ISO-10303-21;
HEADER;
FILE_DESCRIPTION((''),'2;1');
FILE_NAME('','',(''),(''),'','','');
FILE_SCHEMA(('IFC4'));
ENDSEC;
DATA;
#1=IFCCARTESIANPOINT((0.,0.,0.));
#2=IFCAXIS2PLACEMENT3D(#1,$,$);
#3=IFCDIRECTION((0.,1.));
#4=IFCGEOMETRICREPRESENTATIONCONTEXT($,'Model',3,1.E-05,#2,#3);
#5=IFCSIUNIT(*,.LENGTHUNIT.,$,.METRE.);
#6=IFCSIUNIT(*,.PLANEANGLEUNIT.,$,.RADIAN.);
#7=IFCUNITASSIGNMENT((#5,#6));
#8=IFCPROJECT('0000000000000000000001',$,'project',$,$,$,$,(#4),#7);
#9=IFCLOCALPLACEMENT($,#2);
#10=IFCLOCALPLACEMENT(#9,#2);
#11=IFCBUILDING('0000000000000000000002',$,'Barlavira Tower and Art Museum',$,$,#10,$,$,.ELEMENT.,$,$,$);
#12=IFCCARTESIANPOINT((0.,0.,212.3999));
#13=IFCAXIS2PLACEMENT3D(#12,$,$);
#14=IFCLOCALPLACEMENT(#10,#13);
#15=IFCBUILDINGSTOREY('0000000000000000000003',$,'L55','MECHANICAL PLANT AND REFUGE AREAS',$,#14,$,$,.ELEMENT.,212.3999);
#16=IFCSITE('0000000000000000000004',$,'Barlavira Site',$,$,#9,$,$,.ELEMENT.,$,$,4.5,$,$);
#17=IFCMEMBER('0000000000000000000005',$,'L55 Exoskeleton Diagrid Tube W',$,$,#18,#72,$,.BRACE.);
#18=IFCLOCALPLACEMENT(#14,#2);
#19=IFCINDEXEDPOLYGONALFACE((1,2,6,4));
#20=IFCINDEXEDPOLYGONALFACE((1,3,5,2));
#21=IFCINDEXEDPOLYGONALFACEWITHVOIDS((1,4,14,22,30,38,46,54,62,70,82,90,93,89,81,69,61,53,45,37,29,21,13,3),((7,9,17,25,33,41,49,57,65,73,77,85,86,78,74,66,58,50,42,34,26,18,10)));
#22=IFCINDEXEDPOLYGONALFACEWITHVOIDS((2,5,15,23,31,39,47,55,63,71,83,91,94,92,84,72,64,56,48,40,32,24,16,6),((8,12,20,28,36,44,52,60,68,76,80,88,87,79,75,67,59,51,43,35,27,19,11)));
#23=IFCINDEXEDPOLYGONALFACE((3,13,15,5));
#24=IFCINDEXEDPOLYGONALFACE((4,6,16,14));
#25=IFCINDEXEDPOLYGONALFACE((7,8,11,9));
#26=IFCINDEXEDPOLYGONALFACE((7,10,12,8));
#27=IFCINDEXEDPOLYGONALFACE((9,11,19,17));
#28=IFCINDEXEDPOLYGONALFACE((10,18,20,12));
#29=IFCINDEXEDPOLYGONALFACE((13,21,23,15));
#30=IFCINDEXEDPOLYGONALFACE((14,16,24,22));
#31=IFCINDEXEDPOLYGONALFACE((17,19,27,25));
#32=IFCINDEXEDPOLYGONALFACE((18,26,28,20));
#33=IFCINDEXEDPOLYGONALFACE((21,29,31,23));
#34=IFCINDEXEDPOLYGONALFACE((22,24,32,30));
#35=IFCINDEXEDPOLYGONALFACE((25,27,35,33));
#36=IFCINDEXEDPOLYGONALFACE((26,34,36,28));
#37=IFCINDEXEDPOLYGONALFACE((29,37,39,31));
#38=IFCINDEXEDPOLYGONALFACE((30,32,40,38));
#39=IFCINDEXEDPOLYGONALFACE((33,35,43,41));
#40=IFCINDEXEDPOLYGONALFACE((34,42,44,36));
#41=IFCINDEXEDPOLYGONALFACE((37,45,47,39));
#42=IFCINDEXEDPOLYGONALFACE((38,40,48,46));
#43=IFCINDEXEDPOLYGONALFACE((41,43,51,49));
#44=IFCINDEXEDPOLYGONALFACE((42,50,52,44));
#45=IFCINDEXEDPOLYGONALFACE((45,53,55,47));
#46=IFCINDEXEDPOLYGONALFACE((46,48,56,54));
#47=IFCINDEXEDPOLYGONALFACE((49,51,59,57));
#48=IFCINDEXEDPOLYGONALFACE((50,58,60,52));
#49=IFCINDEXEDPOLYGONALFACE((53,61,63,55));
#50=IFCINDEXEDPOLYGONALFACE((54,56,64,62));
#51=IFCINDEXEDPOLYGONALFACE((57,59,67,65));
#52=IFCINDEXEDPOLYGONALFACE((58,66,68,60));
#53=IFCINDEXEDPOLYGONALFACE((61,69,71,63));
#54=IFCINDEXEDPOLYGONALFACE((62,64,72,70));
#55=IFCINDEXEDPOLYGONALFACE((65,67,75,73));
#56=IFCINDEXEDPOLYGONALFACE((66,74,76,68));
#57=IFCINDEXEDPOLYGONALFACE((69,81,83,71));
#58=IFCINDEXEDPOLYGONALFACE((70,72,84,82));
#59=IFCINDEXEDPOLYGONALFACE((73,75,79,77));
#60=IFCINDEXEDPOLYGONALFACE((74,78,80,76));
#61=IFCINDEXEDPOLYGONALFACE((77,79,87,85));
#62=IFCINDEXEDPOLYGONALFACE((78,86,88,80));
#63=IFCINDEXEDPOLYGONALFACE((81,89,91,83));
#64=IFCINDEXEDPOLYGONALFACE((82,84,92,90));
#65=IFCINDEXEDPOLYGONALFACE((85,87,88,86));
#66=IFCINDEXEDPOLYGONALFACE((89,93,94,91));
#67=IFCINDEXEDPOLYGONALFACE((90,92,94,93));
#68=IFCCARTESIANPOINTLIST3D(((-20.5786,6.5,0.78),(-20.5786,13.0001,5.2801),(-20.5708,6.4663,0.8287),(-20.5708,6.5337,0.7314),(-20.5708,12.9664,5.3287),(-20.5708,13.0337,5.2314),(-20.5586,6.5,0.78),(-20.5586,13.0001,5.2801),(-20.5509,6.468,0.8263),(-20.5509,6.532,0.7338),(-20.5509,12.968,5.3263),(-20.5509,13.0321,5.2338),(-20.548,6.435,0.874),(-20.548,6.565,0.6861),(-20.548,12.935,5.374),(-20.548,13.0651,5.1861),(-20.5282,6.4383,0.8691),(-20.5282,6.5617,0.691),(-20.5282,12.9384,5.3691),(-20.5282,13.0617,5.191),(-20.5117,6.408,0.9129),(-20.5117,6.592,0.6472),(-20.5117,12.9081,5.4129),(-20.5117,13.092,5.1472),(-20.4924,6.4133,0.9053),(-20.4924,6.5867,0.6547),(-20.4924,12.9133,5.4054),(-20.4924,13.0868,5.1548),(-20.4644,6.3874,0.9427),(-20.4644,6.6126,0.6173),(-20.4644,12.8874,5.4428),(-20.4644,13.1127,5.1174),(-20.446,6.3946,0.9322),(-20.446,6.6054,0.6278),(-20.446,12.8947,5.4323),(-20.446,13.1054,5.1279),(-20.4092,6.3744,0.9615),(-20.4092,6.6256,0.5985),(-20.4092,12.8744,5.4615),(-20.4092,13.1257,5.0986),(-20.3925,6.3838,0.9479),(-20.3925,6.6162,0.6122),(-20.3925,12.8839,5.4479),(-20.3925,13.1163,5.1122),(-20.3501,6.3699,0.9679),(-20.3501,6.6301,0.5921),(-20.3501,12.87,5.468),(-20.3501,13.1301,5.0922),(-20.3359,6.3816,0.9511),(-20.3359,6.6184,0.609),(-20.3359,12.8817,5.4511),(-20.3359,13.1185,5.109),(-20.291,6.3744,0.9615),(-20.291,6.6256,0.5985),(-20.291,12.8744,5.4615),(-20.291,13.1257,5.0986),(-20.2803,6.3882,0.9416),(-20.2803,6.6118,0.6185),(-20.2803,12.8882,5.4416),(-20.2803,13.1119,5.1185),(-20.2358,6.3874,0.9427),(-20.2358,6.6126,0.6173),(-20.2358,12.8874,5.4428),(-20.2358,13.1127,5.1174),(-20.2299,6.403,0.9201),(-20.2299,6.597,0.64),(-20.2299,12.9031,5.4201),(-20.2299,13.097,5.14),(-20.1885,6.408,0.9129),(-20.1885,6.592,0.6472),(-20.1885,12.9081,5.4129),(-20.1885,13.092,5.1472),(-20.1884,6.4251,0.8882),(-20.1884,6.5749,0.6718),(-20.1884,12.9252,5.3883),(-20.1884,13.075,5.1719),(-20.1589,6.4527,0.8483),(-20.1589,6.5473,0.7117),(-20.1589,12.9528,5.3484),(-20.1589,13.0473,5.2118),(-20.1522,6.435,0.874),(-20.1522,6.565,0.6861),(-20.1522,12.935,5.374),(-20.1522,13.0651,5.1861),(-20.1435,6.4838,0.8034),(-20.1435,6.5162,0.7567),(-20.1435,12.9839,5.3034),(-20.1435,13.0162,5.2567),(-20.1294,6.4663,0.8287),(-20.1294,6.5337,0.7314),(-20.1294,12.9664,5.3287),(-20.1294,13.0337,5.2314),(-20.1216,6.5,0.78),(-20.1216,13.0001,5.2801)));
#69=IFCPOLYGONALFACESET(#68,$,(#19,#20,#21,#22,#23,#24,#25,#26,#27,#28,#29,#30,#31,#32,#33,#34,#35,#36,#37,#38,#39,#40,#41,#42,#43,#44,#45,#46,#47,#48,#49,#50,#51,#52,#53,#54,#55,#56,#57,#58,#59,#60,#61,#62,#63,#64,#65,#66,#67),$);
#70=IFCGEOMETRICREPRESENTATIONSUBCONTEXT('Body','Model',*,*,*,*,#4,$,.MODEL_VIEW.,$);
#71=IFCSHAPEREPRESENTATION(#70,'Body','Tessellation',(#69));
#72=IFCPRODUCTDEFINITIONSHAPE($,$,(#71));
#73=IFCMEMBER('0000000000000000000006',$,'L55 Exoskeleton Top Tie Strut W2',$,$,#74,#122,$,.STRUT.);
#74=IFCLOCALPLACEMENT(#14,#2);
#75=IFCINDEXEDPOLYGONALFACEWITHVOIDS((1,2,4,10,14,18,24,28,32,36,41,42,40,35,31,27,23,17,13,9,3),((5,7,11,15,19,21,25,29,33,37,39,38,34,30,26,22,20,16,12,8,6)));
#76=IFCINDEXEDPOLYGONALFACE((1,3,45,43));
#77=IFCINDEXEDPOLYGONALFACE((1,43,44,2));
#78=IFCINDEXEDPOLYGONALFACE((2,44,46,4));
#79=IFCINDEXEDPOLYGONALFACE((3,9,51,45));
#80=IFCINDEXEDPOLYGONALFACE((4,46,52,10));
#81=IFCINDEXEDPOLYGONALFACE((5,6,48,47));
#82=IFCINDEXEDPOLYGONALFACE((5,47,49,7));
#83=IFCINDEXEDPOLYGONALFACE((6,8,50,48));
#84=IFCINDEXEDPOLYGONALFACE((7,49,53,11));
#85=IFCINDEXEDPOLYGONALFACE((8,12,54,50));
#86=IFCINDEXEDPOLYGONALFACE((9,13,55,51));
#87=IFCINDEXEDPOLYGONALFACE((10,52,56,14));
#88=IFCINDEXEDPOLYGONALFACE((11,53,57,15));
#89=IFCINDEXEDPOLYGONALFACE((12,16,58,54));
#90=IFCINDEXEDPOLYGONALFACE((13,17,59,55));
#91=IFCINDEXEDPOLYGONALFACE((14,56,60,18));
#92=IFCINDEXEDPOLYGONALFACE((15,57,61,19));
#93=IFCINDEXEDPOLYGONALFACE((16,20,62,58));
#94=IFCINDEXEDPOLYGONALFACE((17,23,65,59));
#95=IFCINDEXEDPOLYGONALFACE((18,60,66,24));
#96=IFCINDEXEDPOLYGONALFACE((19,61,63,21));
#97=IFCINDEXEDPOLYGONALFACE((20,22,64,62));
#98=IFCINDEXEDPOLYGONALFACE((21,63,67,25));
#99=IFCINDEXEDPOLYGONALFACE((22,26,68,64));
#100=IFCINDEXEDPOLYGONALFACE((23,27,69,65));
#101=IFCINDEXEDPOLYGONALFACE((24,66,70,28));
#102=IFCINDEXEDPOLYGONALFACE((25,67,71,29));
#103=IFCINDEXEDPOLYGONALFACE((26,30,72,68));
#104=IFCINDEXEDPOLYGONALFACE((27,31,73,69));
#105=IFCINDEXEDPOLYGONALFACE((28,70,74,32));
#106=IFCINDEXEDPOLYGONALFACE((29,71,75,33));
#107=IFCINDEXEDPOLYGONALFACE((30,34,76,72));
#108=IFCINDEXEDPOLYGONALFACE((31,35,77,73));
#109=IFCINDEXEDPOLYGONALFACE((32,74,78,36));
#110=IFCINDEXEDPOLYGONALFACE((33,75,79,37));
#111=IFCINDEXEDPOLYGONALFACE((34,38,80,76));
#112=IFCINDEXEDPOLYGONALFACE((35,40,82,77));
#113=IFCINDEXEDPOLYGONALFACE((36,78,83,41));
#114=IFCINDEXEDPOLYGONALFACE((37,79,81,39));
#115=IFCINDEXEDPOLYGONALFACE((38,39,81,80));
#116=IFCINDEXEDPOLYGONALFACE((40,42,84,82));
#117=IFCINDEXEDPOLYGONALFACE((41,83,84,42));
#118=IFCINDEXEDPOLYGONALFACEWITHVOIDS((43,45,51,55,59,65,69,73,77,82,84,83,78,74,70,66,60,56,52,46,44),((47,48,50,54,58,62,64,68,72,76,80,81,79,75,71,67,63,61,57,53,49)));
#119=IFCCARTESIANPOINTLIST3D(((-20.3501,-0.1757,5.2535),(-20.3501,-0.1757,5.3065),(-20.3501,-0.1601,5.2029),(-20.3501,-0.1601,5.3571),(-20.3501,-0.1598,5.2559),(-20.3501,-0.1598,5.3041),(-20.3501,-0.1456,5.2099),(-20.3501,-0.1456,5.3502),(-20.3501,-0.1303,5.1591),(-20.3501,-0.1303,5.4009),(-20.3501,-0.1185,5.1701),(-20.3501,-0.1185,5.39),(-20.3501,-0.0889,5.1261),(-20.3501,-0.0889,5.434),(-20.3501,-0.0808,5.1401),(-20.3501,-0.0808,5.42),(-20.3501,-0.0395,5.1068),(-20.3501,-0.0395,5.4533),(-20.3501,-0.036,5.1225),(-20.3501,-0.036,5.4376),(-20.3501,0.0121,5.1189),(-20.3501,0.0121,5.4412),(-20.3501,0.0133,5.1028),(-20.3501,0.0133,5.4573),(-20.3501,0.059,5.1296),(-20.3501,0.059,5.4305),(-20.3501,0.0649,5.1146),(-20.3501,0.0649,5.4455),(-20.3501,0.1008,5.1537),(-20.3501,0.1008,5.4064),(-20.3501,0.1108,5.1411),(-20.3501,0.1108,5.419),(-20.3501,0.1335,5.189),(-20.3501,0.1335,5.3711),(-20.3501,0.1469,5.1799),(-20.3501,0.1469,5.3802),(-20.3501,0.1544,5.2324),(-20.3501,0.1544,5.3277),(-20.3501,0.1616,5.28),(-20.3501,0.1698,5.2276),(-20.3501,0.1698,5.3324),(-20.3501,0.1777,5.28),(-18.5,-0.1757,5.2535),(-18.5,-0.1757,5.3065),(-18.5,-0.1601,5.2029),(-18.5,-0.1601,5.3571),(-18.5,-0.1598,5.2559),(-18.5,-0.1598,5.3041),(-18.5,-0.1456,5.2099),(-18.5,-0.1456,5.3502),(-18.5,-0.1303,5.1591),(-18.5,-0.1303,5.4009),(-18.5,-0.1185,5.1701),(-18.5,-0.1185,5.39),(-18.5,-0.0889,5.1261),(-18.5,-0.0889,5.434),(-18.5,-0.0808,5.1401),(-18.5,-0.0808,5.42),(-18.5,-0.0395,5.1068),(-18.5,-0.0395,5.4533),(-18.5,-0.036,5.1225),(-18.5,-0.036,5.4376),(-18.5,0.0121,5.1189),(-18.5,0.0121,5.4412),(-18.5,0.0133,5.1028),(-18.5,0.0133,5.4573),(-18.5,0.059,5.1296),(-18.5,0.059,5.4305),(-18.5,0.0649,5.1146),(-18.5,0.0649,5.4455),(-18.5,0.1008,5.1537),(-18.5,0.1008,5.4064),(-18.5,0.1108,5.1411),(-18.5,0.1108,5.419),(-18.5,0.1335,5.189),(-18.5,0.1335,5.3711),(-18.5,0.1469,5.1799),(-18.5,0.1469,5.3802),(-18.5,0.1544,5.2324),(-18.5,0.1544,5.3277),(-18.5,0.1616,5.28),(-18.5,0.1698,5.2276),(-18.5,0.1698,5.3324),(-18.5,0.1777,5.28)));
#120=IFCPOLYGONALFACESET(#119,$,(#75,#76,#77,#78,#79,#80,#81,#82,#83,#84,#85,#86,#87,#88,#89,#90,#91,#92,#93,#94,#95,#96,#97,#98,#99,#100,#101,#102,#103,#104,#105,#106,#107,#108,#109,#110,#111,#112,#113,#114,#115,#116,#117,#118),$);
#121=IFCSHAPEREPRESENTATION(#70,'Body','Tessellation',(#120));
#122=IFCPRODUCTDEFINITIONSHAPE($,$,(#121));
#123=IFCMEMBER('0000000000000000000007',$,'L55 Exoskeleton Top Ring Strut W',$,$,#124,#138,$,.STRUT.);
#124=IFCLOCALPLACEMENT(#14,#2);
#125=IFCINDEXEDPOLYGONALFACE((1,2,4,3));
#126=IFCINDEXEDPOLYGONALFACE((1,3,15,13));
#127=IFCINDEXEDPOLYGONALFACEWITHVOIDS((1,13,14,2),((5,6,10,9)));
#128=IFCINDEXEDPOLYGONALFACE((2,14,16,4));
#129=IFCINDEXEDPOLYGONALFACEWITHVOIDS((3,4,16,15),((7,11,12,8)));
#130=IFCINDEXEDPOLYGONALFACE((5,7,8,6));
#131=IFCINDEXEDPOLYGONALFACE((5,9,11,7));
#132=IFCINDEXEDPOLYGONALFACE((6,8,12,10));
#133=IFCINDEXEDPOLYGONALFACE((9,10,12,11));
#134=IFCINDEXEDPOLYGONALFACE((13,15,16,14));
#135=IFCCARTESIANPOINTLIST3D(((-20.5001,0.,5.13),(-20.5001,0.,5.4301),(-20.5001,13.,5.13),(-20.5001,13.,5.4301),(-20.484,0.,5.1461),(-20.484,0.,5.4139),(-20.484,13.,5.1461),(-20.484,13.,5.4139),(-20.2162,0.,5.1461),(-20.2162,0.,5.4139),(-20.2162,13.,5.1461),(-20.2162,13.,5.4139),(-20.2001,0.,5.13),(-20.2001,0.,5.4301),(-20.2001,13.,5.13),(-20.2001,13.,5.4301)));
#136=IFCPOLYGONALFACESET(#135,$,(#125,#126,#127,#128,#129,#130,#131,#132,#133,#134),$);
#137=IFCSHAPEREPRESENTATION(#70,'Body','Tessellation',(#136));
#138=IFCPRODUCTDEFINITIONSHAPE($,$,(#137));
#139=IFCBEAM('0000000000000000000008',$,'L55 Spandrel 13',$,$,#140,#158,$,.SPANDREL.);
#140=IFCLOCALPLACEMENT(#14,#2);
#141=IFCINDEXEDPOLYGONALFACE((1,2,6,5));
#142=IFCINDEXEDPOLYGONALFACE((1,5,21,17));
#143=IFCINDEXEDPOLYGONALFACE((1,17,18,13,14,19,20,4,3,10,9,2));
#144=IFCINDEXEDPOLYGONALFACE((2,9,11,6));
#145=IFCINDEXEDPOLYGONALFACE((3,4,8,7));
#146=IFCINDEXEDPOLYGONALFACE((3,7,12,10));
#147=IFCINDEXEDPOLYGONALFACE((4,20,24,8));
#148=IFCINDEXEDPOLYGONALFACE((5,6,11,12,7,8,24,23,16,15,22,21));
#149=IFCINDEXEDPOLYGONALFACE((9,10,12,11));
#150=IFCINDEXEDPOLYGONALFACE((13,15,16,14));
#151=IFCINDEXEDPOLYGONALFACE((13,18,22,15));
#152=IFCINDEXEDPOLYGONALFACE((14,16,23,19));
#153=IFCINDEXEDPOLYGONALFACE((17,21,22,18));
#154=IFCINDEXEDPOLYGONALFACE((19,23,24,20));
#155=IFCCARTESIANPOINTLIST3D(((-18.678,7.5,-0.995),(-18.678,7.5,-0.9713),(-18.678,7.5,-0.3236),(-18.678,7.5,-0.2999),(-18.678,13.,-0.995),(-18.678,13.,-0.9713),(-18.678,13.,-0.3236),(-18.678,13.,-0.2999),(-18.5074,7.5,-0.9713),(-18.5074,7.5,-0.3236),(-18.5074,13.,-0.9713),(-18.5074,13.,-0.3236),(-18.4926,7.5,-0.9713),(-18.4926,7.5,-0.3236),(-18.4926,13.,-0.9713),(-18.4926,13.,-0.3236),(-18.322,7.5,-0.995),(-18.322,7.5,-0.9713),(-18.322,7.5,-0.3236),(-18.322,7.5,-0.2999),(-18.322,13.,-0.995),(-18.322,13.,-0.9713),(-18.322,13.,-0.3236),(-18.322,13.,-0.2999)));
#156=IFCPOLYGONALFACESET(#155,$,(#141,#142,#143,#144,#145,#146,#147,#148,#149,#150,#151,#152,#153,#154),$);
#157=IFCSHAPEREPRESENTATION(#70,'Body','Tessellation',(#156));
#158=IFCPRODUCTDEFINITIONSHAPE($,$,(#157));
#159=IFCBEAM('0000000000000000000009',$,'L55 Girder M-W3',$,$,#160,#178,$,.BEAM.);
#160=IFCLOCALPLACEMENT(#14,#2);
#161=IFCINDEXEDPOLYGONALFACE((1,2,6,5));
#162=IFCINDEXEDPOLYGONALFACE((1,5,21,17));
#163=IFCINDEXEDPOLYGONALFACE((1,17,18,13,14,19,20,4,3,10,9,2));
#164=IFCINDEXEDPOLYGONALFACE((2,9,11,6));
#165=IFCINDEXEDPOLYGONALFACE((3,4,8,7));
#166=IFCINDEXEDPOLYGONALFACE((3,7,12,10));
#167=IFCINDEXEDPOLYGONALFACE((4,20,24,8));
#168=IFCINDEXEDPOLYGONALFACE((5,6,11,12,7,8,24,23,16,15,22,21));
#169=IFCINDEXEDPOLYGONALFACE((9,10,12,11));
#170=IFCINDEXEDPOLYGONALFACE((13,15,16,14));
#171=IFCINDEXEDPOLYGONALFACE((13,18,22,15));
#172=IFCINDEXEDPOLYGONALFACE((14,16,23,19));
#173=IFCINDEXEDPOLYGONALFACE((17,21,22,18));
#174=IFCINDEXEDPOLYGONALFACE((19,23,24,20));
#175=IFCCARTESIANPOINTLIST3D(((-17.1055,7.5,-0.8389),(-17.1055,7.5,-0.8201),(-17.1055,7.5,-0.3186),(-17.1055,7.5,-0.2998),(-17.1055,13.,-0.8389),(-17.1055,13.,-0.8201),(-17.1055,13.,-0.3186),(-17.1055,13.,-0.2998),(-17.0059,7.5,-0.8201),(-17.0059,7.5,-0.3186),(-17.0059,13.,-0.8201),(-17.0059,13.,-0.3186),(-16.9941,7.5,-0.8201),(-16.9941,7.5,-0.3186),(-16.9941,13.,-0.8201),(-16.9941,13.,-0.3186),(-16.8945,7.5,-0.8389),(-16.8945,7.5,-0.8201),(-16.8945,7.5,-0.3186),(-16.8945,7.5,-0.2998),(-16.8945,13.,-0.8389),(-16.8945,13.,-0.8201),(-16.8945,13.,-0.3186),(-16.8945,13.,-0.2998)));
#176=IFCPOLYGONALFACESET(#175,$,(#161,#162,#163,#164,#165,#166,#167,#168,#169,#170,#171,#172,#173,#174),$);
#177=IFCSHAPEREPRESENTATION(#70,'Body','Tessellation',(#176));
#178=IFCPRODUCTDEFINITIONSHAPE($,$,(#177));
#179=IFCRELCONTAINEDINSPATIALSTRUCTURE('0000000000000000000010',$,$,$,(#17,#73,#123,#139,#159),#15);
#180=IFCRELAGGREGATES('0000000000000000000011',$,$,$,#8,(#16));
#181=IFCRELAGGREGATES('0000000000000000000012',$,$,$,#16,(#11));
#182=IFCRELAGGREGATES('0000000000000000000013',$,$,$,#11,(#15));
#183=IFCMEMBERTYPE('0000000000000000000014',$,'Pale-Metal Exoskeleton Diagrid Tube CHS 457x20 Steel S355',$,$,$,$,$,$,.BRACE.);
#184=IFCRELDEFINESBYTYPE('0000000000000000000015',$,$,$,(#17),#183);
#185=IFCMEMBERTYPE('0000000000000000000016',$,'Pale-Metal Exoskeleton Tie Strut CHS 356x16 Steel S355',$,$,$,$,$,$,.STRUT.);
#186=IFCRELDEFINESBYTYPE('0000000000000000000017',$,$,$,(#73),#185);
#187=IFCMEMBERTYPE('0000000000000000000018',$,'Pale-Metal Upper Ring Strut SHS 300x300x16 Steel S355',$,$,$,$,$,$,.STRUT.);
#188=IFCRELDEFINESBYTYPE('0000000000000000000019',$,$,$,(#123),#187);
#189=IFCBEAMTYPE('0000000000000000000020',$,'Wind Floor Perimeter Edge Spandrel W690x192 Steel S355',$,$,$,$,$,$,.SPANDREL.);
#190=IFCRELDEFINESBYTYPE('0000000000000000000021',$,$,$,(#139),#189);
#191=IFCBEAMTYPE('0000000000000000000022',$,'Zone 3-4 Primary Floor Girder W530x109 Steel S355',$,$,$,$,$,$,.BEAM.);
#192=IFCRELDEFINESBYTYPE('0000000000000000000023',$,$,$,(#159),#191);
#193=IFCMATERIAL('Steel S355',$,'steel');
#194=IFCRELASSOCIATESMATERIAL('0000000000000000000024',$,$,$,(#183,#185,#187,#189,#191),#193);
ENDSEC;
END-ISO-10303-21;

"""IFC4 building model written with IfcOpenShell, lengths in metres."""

from ifc_helpers import new_model, si_unit, direction, frame, origin, origin_2d, place, context, subcontext, project, spatial, hollow_rectangle, hollow_circle, i_section, extrude, material, material_profile, profile_set, type_object, element, save


model = new_model("IFC4")

# Units and contexts
model_context = context("Model", 3, precision=1e-05, world=origin(), true_north=direction((0.0, 1.0)))
body_context = subcontext(model_context, "Body", "Model", "MODEL_VIEW")
ifc_project = project(units=[si_unit("LENGTHUNIT", "METRE"), si_unit("PLANEANGLEUNIT", "RADIAN")], contexts=[model_context])

# Site, building, storey
site_placement = place(None, origin())
site = spatial("IfcSite", under=ifc_project, at=site_placement, Name="Barlavira Site", CompositionType="ELEMENT", RefElevation=4.5)
building_placement = place(site_placement, origin())
building = spatial("IfcBuilding", under=site, at=building_placement, Name="Barlavira Tower and Art Museum", CompositionType="ELEMENT")
storey_placement = place(building_placement, frame((0.0, 0.0, 212.3999)))
storey = spatial("IfcBuildingStorey", under=building, at=storey_placement, Name="L55", Description="MECHANICAL PLANT AND REFUGE AREAS", CompositionType="ELEMENT", Elevation=212.3999)

# Members
ifc_material_1 = material(Name="Steel S355", Category="steel")
ifc_material_profile_1 = material_profile(ifc_material_1, hollow_circle(Radius=0.2285, WallThickness=0.02, at=origin_2d()), Name="CHS 457.0x20.0")
ifc_profile_set_1 = profile_set([ifc_material_profile_1], Name="Steel S355")
member_type_1 = type_object("IfcMemberType", Name="Pale-Metal Exoskeleton Diagrid Tube CHS 457x20 Steel S355", PredefinedType="BRACE", material=ifc_profile_set_1)
for number, where, z_axis, x_axis, name in (
    (1, (-20.3501, 6.5, 0.78), (0.0, 0.822192, 0.56921), (-1.0, 0.0, 0.0), "L55 Exoskeleton Diagrid Tube W"),
):
    element("IfcMember", number, at=place(storey_placement, frame(where, z_axis=z_axis, x_axis=x_axis)), inside=storey, type_object=member_type_1, Name=name, PredefinedType="BRACE", context=body_context, shape_type="SweptSolid", body=[
        extrude(hollow_circle(Radius=0.2285, WallThickness=0.02, at=origin_2d()), origin(), (0.0, 0.0, 1.0), 7.9058),
    ])
ifc_material_profile_2 = material_profile(ifc_material_1, hollow_circle(Radius=0.1777, WallThickness=0.0161, at=origin_2d()), Name="CHS 355.6x16.0")
ifc_profile_set_2 = profile_set([ifc_material_profile_2], Name="Steel S355")
member_type_2 = type_object("IfcMemberType", Name="Pale-Metal Exoskeleton Tie Strut CHS 356x16 Steel S355", PredefinedType="STRUT", material=ifc_profile_set_2)
member_1_placement = place(storey_placement, frame((-20.3501, 0.0, 5.28), z_axis=(1.0, 0.0, 0.0), x_axis=(0.0, 1.0, 0.0)))
element("IfcMember", 2, at=member_1_placement, inside=storey, type_object=member_type_2, Name="L55 Exoskeleton Top Tie Strut W2", PredefinedType="STRUT", context=body_context, shape_type="SweptSolid", body=[
    extrude(hollow_circle(Radius=0.1777, WallThickness=0.0161, at=origin_2d()), origin(), (0.0, 0.0, 1.0), 1.8501),
])
ifc_material_profile_3 = material_profile(ifc_material_1, hollow_rectangle(XDim=0.3, YDim=0.3, WallThickness=0.0161, at=origin_2d()), Name="SHS 300x300x16.0")
ifc_profile_set_3 = profile_set([ifc_material_profile_3], Name="Steel S355")
member_type_3 = type_object("IfcMemberType", Name="Pale-Metal Upper Ring Strut SHS 300x300x16 Steel S355", PredefinedType="STRUT", material=ifc_profile_set_3)
member_2_placement = place(storey_placement, frame((-20.3501, 0.0, 5.28), z_axis=(0.0, 1.0, 0.0), x_axis=(-1.0, 0.0, 0.0)))
element("IfcMember", 3, at=member_2_placement, inside=storey, type_object=member_type_3, Name="L55 Exoskeleton Top Ring Strut W", PredefinedType="STRUT", context=body_context, shape_type="SweptSolid", body=[
    extrude(hollow_rectangle(XDim=0.3, YDim=0.3, WallThickness=0.0161, at=origin_2d()), origin(), (0.0, 0.0, 1.0), 13.0),
])

# Beams
ifc_material_profile_4 = material_profile(ifc_material_1, i_section(OverallWidth=0.356, OverallDepth=0.6951, WebThickness=0.0149, FlangeThickness=0.0237, at=origin_2d()), Name="W690x192.0")
ifc_profile_set_4 = profile_set([ifc_material_profile_4], Name="Steel S355")
beam_type_1 = type_object("IfcBeamType", Name="Wind Floor Perimeter Edge Spandrel W690x192 Steel S355", PredefinedType="SPANDREL", material=ifc_profile_set_4)
beam_1_placement = place(storey_placement, frame((-18.5, 7.5, -0.6475), z_axis=(0.0, 1.0, 0.0), x_axis=(-1.0, 0.0, 0.0)))
element("IfcBeam", 4, at=beam_1_placement, inside=storey, type_object=beam_type_1, Name="L55 Spandrel 13", PredefinedType="SPANDREL", context=body_context, shape_type="SweptSolid", body=[
    extrude(i_section(OverallWidth=0.356, OverallDepth=0.6951, WebThickness=0.0149, FlangeThickness=0.0237, at=origin_2d()), origin(), (0.0, 0.0, 1.0), 5.5),
])
ifc_material_profile_5 = material_profile(ifc_material_1, i_section(OverallWidth=0.2109, OverallDepth=0.5391, WebThickness=0.0117, FlangeThickness=0.0188, at=origin_2d()), Name="W530x109.0")
ifc_profile_set_5 = profile_set([ifc_material_profile_5], Name="Steel S355")
beam_type_2 = type_object("IfcBeamType", Name="Zone 3-4 Primary Floor Girder W530x109 Steel S355", PredefinedType="BEAM", material=ifc_profile_set_5)
beam_2_placement = place(storey_placement, frame((-17.0, 7.5, -0.5693), z_axis=(0.0, 1.0, 0.0), x_axis=(-1.0, 0.0, 0.0)))
element("IfcBeam", 5, at=beam_2_placement, inside=storey, type_object=beam_type_2, Name="L55 Girder M-W3", PredefinedType="BEAM", context=body_context, shape_type="SweptSolid", body=[
    extrude(i_section(OverallWidth=0.2109, OverallDepth=0.5391, WebThickness=0.0117, FlangeThickness=0.0188, at=origin_2d()), origin(), (0.0, 0.0, 1.0), 5.5),
])

save(model, "model.ifc")
